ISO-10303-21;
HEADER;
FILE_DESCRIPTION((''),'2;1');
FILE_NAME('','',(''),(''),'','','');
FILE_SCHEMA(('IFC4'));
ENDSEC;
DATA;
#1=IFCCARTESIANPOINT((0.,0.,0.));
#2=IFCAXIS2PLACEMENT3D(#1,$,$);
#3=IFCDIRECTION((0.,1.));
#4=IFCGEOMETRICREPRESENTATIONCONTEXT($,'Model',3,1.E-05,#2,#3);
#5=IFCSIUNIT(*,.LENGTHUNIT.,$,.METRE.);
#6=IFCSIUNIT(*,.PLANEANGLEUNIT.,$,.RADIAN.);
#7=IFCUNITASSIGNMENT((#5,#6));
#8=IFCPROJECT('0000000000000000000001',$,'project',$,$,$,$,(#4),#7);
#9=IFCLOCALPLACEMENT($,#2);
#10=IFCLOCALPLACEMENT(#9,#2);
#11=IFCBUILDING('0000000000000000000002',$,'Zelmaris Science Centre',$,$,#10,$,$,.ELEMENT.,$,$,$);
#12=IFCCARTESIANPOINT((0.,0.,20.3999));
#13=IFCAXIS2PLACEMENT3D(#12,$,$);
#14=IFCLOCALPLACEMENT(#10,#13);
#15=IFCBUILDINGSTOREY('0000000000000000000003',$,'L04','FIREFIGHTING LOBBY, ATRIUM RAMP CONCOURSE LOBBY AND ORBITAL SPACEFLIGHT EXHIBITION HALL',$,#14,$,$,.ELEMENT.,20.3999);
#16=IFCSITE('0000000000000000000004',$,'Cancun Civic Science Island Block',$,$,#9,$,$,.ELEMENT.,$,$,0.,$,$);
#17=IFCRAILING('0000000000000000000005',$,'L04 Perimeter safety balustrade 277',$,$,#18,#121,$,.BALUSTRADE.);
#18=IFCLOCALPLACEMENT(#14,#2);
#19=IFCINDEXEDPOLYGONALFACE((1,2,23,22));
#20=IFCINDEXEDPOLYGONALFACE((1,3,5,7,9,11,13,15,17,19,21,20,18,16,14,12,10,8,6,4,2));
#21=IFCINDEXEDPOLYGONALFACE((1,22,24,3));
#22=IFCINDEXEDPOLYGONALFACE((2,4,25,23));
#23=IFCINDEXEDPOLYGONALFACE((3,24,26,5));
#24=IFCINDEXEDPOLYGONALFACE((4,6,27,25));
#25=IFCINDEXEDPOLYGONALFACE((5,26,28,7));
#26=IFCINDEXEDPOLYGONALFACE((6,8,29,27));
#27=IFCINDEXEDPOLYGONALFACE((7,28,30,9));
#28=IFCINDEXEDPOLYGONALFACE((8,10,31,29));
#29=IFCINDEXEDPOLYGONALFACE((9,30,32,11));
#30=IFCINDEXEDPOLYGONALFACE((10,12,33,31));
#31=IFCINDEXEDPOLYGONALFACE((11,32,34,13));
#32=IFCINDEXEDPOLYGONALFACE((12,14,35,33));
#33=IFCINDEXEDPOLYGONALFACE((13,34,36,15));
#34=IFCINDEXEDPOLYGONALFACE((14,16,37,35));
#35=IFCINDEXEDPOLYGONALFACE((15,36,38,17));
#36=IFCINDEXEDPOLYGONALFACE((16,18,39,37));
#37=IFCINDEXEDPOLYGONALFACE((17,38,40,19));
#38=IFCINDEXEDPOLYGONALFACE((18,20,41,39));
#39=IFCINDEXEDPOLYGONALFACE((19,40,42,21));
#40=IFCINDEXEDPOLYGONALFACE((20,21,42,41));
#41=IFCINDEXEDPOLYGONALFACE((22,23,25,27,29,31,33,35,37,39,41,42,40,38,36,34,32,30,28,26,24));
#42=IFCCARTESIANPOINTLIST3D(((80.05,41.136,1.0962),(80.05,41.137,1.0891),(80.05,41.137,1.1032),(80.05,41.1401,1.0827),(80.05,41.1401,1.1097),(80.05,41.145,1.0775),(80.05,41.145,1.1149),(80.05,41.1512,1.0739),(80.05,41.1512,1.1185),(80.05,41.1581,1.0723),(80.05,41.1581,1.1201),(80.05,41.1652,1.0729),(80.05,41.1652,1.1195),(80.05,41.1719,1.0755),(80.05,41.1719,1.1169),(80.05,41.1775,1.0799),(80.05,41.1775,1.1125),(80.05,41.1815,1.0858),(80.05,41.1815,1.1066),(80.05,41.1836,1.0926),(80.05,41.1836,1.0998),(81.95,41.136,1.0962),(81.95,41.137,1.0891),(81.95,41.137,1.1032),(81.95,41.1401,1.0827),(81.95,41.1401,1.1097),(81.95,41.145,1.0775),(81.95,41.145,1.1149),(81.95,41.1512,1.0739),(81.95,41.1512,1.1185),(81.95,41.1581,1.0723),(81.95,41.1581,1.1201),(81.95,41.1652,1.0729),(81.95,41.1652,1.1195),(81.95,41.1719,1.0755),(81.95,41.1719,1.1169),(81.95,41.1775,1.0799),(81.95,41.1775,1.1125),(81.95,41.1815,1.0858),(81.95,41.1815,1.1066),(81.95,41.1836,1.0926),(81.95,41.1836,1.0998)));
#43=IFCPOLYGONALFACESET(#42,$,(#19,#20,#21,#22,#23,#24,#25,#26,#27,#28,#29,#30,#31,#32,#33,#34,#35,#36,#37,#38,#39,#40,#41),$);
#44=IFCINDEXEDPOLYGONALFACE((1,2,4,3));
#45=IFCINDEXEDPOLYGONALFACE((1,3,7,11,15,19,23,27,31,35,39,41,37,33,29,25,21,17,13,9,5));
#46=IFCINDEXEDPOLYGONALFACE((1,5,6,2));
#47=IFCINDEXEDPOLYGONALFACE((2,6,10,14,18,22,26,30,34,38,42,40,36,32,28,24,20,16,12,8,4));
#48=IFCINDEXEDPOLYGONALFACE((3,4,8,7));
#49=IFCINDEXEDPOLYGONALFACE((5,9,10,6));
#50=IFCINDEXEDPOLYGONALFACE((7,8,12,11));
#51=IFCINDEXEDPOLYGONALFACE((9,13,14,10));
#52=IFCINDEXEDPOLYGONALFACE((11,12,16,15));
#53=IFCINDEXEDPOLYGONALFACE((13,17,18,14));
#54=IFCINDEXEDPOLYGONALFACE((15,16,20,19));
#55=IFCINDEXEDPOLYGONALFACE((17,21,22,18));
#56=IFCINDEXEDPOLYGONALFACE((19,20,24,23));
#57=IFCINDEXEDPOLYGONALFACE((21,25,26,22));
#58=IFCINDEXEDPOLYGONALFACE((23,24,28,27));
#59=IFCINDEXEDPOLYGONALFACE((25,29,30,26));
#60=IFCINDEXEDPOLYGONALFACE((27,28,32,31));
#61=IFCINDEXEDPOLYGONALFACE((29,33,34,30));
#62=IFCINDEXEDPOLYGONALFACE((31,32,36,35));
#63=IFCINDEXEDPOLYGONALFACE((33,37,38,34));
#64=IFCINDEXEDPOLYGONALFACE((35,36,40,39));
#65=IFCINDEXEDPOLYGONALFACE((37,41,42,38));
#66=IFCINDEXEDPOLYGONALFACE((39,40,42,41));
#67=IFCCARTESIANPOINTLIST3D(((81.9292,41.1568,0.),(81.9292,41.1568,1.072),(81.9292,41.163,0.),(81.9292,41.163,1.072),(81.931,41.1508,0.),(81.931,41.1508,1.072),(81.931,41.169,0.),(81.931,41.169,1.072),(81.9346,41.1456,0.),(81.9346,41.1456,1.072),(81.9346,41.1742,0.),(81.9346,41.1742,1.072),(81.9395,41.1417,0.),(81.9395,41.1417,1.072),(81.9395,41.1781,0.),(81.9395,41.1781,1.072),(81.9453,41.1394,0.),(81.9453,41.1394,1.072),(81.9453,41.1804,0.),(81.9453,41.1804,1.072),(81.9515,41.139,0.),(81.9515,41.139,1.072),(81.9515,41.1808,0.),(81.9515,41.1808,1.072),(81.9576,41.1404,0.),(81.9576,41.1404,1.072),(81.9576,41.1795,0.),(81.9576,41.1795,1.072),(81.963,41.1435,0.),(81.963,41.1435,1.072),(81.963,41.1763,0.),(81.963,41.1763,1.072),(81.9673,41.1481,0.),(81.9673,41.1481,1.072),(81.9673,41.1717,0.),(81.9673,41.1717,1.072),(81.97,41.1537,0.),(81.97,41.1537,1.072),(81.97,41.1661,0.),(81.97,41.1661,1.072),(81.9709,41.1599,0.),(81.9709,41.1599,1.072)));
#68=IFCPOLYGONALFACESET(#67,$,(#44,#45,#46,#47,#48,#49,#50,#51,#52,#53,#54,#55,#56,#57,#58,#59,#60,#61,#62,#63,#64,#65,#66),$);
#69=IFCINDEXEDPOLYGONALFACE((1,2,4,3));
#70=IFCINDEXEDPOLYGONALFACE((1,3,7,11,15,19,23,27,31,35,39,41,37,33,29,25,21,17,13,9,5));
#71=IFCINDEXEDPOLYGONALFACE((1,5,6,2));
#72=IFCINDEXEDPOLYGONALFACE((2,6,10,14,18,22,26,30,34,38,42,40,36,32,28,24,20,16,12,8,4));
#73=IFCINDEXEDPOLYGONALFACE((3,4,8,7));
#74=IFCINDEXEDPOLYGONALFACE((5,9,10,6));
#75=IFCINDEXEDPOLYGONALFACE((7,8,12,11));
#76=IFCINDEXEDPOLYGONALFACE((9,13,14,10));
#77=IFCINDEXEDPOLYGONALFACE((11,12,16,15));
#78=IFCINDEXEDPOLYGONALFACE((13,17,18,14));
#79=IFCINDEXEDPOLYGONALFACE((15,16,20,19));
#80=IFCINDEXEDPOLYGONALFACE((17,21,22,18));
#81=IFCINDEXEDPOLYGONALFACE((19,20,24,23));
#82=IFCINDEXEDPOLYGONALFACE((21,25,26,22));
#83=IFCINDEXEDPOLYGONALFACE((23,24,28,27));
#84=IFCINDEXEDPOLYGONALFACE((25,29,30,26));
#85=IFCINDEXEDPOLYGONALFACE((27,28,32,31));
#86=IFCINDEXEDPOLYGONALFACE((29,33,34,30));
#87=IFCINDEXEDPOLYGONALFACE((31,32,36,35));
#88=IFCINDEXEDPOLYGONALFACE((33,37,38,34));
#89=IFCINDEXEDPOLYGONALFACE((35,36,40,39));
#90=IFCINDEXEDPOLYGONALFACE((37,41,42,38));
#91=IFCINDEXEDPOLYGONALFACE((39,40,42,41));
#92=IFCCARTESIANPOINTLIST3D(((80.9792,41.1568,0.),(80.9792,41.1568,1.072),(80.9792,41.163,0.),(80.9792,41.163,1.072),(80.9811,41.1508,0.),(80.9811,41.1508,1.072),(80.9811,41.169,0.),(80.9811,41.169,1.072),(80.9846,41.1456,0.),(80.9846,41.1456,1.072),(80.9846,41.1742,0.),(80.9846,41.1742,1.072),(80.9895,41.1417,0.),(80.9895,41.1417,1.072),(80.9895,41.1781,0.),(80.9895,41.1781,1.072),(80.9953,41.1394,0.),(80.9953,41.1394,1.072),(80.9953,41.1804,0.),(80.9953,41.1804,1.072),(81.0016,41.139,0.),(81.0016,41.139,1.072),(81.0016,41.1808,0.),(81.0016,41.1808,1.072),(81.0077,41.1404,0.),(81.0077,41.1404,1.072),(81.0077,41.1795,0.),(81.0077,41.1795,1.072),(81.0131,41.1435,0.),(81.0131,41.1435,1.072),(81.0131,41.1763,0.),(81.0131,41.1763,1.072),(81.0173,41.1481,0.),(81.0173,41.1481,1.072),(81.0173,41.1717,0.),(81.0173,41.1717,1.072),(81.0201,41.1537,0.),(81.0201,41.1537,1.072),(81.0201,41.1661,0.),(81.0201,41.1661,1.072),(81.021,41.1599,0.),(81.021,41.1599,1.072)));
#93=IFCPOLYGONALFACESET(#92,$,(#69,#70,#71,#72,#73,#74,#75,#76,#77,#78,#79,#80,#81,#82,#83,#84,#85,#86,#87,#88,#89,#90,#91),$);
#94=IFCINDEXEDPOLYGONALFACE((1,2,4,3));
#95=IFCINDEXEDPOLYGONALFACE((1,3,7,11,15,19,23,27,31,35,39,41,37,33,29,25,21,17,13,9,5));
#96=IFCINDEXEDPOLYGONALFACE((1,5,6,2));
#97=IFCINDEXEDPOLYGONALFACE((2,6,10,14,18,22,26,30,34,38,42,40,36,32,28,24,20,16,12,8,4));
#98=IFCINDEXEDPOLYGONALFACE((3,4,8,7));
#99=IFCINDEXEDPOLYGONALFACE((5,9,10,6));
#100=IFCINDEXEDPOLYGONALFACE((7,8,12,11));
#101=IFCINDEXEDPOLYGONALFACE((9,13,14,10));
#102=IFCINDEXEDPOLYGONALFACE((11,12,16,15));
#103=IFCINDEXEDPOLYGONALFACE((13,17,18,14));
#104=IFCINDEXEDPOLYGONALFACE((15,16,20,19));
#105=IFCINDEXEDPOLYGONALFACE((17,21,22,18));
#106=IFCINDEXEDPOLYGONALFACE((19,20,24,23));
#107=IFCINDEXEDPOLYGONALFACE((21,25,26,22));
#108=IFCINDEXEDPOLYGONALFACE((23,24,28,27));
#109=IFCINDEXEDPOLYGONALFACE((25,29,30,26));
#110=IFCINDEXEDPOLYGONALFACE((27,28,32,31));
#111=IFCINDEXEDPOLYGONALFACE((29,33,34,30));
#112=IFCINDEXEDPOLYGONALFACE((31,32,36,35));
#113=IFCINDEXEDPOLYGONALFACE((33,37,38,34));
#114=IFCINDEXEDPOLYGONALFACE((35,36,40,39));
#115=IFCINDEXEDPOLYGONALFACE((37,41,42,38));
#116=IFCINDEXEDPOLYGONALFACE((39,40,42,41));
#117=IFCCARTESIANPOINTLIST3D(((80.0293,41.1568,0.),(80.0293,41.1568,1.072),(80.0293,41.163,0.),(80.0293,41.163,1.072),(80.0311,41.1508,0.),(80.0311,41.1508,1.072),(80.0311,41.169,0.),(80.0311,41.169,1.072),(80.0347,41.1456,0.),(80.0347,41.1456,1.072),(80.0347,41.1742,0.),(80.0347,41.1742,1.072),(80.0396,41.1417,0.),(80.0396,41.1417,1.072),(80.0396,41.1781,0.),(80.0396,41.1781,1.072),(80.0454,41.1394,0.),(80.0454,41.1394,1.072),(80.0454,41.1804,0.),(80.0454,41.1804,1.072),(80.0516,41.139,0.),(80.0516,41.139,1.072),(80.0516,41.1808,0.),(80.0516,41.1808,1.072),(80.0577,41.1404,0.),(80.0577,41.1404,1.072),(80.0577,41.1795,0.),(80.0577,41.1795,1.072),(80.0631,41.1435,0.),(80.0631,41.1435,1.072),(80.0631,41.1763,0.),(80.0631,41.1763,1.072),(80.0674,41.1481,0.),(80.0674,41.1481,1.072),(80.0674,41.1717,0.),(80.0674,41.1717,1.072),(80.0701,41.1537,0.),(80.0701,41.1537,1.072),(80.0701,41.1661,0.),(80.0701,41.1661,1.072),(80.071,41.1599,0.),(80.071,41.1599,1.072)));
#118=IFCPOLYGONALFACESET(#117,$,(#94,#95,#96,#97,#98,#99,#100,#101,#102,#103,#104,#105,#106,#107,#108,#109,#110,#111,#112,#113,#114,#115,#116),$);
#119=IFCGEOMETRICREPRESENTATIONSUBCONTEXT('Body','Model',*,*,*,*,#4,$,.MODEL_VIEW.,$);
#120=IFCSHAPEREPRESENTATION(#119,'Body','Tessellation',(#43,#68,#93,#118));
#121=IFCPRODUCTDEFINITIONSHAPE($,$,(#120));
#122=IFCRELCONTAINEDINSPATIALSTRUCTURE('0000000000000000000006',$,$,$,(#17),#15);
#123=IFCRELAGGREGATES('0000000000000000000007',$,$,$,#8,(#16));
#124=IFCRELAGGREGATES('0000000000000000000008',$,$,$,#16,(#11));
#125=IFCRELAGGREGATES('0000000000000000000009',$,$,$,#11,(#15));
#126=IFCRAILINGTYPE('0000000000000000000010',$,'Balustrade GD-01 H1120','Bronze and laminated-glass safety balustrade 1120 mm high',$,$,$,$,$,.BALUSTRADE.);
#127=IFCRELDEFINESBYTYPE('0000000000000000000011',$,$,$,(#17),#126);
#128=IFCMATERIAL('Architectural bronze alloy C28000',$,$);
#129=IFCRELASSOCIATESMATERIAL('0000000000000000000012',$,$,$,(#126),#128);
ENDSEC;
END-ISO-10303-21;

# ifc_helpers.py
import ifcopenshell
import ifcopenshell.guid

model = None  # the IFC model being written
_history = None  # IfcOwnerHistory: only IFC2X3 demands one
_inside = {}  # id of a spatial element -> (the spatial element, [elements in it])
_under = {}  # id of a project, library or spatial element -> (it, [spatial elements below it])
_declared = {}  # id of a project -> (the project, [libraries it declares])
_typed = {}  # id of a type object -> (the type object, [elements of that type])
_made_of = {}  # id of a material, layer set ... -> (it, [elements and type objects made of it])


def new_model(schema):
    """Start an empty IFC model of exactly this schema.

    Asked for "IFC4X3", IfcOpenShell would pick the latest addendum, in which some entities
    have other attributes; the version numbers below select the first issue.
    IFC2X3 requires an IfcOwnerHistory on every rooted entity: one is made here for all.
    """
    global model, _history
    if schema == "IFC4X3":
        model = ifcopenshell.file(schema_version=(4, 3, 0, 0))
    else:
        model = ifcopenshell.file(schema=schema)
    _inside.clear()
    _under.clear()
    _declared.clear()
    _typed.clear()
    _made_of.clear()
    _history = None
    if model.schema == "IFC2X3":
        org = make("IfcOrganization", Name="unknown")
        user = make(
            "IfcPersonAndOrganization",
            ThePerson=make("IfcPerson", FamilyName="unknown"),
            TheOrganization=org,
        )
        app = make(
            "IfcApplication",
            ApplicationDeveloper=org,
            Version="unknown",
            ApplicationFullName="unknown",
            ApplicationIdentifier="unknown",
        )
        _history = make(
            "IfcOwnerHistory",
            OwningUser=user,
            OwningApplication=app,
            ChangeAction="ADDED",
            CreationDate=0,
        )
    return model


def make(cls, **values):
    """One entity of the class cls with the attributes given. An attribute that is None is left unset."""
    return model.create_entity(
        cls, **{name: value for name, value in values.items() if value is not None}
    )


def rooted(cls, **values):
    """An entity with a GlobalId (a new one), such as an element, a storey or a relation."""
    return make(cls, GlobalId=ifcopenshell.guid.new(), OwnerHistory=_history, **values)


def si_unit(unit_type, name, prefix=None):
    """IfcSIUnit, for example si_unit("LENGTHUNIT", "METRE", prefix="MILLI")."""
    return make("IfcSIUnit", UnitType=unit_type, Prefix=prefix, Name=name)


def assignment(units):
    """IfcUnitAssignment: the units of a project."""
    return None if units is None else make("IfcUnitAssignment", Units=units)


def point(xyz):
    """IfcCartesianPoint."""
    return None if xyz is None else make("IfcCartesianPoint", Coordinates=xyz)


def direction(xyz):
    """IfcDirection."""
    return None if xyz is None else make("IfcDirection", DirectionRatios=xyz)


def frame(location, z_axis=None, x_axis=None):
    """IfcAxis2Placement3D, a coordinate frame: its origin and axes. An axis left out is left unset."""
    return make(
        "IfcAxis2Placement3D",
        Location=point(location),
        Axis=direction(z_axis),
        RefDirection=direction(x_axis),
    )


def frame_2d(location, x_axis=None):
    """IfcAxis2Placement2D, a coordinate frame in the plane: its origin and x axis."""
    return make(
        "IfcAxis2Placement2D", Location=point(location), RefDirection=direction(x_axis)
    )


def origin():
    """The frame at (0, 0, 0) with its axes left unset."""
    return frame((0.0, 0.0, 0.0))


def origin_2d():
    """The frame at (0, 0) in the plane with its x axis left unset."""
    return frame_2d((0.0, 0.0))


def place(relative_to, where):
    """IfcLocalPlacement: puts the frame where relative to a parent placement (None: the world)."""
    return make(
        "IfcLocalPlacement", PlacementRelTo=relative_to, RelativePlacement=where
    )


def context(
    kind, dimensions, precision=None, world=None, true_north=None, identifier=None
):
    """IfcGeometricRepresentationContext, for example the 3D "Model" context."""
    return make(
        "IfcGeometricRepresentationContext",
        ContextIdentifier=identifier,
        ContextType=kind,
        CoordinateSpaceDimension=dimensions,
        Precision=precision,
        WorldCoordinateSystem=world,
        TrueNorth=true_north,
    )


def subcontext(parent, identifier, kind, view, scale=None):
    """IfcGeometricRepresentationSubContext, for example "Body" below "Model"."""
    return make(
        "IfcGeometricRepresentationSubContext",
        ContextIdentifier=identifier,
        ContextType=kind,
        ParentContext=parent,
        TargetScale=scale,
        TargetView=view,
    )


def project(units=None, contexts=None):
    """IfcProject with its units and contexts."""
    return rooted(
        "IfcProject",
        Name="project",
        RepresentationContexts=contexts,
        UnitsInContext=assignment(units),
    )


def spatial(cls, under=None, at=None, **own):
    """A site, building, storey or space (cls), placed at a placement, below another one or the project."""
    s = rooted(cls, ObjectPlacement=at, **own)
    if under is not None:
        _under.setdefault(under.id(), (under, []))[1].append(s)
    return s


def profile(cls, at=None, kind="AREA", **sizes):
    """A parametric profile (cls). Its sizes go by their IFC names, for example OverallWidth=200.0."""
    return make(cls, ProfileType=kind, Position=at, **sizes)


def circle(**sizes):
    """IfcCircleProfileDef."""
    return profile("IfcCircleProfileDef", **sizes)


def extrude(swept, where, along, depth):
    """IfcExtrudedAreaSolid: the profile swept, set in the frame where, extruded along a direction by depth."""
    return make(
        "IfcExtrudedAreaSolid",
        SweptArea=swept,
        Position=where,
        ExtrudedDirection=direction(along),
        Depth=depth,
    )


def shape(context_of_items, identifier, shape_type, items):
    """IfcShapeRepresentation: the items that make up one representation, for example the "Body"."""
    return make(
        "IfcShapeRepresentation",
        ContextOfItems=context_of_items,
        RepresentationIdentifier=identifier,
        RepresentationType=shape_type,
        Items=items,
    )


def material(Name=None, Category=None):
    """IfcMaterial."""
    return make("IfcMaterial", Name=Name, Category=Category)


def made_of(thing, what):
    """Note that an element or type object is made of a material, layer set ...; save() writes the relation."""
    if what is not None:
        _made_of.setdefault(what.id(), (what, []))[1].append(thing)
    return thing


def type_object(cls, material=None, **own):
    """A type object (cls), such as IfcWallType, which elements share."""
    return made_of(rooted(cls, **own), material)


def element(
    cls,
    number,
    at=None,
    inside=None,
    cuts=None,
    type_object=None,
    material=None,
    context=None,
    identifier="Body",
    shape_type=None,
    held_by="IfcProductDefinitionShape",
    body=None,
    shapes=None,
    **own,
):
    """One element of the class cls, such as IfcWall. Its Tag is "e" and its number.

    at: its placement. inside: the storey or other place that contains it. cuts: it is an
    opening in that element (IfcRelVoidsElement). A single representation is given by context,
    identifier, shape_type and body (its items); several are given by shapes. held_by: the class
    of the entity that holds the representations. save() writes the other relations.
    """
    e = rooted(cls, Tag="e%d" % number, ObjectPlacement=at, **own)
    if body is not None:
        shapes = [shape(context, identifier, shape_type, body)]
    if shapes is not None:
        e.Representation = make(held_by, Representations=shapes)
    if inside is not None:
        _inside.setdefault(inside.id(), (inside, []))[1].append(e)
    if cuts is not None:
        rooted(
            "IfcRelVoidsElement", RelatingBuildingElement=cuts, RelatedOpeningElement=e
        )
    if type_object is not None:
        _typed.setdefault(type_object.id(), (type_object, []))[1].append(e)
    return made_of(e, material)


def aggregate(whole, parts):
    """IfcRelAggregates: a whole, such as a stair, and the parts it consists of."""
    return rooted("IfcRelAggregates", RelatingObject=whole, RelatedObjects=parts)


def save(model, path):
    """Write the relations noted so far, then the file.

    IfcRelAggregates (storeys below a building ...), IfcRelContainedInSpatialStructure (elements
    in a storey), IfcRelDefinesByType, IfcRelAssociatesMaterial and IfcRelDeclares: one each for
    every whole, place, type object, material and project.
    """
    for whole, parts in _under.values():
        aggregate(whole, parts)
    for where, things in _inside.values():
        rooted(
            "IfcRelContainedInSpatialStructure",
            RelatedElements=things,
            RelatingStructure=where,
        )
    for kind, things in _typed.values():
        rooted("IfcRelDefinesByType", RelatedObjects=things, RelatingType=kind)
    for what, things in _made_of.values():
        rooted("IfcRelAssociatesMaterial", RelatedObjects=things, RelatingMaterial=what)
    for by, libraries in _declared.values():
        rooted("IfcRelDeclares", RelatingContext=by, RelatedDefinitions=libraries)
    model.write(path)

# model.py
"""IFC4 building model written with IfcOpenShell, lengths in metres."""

from ifc_helpers import new_model, si_unit, direction, frame, origin, origin_2d, place, context, subcontext, project, spatial, circle, extrude, material, type_object, element, save


model = new_model("IFC4")

# Units and contexts
model_context = context("Model", 3, precision=1e-05, world=origin(), true_north=direction((0.0, 1.0)))
body_context = subcontext(model_context, "Body", "Model", "MODEL_VIEW")
ifc_project = project(units=[si_unit("LENGTHUNIT", "METRE"), si_unit("PLANEANGLEUNIT", "RADIAN")], contexts=[model_context])

# Site, building, storey
site_placement = place(None, origin())
site = spatial("IfcSite", under=ifc_project, at=site_placement, Name="Cancun Civic Science Island Block", CompositionType="ELEMENT", RefElevation=0.0)
building_placement = place(site_placement, origin())
building = spatial("IfcBuilding", under=site, at=building_placement, Name="Zelmaris Science Centre", CompositionType="ELEMENT")
storey_placement = place(building_placement, frame((0.0, 0.0, 20.3999)))
storey = spatial("IfcBuildingStorey", under=building, at=storey_placement, Name="L04", Description="FIREFIGHTING LOBBY, ATRIUM RAMP CONCOURSE LOBBY AND ORBITAL SPACEFLIGHT EXHIBITION HALL", CompositionType="ELEMENT", Elevation=20.3999)

# Railing
ifc_material_1 = material(Name="Architectural bronze alloy C28000")
railing_type_1 = type_object("IfcRailingType", Name="Balustrade GD-01 H1120", Description="Bronze and laminated-glass safety balustrade 1120 mm high", PredefinedType="BALUSTRADE", material=ifc_material_1)
railing_1_placement = place(storey_placement, frame((81.95, 41.1599, 0.0)))
element("IfcRailing", 1, at=railing_1_placement, inside=storey, type_object=railing_type_1, Name="L04 Perimeter safety balustrade 277", PredefinedType="BALUSTRADE", context=body_context, shape_type="SweptSolid", body=[
    extrude(circle(Radius=0.0239, at=origin_2d()), frame((0.0, 0.0, 1.0962), z_axis=(-1.0, 0.0, 0.0), x_axis=(0.0, -1.0, 0.0)), (0.0, 0.0, 1.0), 1.8999),
    extrude(circle(Radius=0.021, at=origin_2d()), origin(), (0.0, 0.0, 1.0), 1.072),
    extrude(circle(Radius=0.021, at=origin_2d()), frame((-0.95, 0.0, 0.0)), (0.0, 0.0, 1.0), 1.072),
    extrude(circle(Radius=0.021, at=origin_2d()), frame((-1.8999, 0.0, 0.0)), (0.0, 0.0, 1.0), 1.072),
])

save(model, "model.ifc")
